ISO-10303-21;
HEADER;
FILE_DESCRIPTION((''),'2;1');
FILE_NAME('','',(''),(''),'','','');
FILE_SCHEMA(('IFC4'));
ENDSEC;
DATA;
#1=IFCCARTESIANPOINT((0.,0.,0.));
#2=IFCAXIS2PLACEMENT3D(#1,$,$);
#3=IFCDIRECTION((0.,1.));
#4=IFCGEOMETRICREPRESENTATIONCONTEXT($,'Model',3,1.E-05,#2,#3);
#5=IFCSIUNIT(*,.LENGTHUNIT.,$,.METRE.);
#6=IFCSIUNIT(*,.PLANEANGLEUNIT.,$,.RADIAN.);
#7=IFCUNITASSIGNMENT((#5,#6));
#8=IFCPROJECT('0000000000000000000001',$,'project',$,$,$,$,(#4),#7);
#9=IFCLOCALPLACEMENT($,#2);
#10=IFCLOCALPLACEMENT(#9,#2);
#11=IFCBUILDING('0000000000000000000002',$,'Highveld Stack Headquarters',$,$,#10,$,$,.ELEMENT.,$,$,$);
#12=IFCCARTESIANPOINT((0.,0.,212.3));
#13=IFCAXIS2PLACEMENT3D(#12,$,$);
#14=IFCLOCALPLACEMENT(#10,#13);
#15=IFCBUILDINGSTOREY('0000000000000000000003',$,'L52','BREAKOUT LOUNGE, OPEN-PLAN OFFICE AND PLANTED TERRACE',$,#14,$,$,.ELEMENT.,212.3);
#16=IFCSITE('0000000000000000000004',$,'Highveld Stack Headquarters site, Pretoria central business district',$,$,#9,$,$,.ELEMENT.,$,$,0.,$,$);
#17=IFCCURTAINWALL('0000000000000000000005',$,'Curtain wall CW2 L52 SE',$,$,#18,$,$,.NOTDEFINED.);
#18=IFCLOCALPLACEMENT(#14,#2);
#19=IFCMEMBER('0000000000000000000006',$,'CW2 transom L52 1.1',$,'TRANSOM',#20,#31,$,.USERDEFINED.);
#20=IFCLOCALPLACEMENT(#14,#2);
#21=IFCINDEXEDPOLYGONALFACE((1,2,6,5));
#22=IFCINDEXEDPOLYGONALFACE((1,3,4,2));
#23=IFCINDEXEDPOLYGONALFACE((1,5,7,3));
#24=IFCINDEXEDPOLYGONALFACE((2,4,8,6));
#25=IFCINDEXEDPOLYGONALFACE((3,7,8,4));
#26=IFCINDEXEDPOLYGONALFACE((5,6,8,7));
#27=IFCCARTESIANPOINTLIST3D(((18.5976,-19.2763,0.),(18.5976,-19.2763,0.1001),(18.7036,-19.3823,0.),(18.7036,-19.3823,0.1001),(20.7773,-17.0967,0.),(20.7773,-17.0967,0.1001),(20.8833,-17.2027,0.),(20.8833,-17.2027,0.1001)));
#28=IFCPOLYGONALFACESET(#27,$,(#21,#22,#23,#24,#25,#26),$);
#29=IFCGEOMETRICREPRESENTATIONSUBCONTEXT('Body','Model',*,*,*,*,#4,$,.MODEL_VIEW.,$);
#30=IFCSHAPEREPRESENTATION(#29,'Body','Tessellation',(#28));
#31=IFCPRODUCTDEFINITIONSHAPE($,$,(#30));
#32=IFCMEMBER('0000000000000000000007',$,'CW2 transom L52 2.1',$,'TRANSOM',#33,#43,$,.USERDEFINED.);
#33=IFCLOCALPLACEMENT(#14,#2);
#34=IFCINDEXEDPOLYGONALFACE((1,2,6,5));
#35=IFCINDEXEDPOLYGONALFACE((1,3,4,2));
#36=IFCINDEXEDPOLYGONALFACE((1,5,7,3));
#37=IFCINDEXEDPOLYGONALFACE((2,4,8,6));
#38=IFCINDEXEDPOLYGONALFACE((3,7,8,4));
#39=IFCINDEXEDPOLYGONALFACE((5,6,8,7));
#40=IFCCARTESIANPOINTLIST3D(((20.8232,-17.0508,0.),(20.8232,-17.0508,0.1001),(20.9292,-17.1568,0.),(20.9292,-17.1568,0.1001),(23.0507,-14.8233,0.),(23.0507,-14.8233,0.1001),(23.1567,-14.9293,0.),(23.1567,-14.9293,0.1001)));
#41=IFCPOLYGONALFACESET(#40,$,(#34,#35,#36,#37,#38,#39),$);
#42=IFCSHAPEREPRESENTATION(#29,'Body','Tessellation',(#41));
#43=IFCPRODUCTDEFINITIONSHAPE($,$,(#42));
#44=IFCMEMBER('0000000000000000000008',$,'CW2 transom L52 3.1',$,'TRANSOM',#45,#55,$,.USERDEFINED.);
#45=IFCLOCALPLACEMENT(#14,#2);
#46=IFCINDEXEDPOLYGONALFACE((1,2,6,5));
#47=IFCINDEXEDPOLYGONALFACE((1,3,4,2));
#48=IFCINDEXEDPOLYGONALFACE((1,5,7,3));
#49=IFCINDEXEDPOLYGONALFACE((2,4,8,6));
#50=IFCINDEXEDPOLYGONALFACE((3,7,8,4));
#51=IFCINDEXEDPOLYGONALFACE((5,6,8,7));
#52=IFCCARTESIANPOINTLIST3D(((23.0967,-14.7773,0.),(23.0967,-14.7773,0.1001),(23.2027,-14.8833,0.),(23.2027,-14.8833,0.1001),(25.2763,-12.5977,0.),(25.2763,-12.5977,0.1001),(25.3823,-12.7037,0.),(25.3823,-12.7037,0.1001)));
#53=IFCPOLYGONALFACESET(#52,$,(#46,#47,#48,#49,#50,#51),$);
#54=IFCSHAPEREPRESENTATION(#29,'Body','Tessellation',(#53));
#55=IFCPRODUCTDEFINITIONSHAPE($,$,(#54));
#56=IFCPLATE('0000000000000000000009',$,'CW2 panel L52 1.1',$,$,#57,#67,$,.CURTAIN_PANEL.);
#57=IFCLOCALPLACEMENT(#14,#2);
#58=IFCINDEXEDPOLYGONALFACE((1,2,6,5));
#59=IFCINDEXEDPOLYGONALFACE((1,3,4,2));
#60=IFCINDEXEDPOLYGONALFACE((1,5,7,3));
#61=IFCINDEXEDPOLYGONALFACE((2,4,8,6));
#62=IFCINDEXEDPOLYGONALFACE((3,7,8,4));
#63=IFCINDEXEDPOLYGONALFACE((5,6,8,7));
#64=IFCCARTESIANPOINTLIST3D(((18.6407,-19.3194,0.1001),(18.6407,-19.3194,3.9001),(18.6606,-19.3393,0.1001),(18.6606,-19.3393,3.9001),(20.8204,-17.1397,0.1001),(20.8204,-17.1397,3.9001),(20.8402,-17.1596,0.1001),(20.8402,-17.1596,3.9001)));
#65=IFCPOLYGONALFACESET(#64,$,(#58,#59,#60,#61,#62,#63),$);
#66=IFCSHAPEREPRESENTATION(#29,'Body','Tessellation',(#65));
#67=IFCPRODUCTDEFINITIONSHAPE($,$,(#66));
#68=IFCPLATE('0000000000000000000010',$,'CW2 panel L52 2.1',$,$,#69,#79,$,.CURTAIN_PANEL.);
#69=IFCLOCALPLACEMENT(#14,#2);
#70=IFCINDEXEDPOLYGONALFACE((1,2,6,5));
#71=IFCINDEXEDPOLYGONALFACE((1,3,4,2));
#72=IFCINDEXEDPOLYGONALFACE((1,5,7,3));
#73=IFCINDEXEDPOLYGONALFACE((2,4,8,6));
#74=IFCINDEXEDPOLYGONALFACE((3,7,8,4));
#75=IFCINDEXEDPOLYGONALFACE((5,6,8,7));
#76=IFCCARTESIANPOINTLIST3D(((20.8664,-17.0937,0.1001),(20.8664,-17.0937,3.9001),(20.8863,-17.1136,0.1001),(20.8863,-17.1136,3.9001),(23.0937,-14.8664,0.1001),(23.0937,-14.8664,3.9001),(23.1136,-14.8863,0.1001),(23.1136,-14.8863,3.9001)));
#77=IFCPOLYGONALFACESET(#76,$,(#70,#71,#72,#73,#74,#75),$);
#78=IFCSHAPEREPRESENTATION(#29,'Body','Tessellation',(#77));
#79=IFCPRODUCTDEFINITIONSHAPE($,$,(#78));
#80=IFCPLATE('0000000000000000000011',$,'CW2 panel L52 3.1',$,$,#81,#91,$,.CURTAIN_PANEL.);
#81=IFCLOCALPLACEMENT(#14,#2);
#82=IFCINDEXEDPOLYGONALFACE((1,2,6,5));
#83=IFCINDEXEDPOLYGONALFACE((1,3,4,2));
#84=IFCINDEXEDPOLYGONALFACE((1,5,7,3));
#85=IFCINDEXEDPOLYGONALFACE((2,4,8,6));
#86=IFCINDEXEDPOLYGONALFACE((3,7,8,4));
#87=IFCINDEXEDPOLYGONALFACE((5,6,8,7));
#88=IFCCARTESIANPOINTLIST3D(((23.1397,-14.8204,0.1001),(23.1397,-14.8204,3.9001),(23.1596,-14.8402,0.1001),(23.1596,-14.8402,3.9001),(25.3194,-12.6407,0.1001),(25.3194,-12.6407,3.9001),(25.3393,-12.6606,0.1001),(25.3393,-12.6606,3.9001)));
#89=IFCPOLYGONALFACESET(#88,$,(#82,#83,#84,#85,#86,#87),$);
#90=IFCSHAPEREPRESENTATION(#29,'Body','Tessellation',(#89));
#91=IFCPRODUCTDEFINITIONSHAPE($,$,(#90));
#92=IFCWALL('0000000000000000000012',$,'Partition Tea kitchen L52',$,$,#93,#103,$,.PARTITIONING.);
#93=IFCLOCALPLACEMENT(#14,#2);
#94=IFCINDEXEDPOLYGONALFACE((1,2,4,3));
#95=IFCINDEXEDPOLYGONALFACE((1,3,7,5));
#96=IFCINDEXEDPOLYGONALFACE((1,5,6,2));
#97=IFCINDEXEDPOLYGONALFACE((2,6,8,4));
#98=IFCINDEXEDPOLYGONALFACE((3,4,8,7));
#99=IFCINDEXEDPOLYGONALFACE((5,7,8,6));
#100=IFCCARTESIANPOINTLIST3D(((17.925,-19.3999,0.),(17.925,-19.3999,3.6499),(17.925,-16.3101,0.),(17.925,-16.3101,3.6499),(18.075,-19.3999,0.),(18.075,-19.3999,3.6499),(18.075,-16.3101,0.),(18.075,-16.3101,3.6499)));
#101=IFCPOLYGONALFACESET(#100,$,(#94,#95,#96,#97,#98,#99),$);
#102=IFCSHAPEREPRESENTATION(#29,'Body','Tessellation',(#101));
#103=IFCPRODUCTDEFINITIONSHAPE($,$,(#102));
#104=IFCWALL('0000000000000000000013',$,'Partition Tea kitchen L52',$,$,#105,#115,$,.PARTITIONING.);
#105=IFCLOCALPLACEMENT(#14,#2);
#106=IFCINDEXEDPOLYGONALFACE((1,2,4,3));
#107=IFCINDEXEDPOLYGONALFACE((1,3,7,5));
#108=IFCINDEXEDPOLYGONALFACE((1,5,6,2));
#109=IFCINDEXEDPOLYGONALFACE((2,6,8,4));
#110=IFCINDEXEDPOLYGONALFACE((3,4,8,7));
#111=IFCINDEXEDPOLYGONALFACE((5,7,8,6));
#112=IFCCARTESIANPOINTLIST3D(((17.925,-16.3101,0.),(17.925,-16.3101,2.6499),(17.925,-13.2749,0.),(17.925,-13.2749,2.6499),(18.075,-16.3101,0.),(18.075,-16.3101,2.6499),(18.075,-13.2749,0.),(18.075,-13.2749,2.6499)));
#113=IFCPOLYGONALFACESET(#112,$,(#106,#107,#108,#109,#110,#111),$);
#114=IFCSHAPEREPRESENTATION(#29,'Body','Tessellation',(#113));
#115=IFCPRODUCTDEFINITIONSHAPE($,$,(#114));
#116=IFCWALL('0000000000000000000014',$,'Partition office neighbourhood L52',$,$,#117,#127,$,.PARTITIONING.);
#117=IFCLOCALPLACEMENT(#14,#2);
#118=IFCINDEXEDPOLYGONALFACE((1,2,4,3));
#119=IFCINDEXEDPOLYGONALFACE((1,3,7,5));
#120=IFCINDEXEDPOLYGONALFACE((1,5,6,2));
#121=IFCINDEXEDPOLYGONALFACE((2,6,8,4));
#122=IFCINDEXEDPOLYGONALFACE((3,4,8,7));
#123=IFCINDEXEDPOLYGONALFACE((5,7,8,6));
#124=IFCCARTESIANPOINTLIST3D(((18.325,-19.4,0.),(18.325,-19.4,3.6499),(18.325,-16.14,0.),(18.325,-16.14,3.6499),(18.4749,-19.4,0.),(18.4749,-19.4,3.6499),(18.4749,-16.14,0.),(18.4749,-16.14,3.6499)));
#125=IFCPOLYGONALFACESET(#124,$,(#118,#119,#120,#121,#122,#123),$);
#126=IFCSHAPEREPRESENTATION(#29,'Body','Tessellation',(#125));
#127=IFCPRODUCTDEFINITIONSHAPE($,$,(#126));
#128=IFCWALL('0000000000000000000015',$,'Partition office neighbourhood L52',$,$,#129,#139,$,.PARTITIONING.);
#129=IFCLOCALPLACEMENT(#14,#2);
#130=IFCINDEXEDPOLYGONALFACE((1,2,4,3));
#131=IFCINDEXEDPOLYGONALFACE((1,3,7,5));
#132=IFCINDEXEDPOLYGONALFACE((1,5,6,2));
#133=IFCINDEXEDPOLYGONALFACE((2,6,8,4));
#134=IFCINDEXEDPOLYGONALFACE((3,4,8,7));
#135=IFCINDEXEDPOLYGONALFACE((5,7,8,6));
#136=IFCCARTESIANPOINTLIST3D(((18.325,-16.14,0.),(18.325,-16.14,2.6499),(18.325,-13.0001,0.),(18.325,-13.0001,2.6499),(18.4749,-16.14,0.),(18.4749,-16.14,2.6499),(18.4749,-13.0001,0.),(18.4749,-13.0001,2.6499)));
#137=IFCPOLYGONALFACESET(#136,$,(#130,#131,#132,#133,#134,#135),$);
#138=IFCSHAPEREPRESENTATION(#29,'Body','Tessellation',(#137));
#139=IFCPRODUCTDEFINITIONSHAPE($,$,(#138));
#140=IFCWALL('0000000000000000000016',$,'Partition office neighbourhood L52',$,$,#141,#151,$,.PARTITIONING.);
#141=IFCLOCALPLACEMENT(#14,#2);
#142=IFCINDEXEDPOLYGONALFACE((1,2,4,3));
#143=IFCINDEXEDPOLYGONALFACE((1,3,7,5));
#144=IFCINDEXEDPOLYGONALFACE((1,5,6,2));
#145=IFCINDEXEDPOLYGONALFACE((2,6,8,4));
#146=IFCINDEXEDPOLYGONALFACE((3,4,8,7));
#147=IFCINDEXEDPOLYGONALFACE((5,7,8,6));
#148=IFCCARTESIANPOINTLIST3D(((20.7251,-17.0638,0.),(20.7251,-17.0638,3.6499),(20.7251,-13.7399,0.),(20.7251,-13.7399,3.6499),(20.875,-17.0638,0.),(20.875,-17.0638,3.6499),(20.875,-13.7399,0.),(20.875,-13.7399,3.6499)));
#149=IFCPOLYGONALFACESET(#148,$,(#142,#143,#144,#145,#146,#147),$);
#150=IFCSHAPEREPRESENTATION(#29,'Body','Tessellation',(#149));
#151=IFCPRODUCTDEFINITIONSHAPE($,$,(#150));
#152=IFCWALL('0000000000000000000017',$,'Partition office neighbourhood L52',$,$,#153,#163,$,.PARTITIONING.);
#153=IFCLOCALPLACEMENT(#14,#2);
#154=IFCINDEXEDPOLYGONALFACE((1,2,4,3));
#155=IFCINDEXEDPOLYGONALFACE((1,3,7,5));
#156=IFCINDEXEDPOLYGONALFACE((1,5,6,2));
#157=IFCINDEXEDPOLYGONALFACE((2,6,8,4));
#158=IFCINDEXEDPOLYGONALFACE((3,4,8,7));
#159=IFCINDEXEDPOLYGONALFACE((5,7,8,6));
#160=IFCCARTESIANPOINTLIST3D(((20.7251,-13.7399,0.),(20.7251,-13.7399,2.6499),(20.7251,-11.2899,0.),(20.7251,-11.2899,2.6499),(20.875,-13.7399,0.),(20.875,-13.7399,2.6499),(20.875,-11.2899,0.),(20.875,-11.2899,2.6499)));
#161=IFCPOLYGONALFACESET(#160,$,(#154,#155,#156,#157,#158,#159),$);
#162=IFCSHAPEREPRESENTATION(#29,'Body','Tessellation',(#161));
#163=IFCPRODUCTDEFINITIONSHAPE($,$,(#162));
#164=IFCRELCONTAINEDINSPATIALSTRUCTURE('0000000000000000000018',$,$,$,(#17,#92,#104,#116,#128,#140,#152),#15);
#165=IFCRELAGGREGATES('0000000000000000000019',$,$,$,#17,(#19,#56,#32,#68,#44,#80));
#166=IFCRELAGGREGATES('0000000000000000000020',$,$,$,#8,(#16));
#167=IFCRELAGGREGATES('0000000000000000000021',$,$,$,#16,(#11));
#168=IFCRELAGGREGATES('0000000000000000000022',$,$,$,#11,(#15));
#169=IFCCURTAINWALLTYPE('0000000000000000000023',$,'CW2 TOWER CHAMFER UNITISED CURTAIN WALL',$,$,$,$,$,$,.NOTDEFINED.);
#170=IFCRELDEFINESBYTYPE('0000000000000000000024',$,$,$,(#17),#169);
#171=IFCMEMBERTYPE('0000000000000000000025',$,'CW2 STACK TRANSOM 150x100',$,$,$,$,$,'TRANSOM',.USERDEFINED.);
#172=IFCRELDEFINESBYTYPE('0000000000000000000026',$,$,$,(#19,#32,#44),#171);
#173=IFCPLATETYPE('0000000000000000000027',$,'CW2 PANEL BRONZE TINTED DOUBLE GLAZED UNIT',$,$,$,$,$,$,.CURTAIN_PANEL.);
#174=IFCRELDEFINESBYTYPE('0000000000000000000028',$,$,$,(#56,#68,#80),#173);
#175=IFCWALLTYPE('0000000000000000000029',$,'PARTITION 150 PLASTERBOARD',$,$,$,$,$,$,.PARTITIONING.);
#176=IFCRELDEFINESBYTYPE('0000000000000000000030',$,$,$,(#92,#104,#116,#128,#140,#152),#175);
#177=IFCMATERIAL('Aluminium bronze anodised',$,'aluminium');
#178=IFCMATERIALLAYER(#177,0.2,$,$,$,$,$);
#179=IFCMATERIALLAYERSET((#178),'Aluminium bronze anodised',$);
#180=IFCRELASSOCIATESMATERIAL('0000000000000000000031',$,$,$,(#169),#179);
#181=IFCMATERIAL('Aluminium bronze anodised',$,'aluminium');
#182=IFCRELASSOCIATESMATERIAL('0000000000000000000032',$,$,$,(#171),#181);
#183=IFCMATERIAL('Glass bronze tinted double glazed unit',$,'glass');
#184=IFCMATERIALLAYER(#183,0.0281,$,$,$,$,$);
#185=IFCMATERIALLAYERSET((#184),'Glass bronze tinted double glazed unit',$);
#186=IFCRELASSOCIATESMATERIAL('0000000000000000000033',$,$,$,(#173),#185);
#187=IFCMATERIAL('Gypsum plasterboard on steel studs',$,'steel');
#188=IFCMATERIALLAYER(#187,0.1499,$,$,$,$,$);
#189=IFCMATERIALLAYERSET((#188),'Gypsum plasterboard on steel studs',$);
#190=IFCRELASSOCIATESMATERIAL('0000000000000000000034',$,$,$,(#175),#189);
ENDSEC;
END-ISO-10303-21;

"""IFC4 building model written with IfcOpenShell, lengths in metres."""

from ifc_helpers import new_model, si_unit, direction, frame, frame_2d, origin, origin_2d, place, context, subcontext, project, spatial, rectangle, extrude, material, layer, layer_set, material_profile, profile_set, type_object, element, aggregate, save


model = new_model("IFC4")

# Units and contexts
model_context = context("Model", 3, precision=1e-05, world=origin(), true_north=direction((0.0, 1.0)))
body_context = subcontext(model_context, "Body", "Model", "MODEL_VIEW")
ifc_project = project(units=[si_unit("LENGTHUNIT", "METRE"), si_unit("PLANEANGLEUNIT", "RADIAN")], contexts=[model_context])

# Site, building, storey
site_placement = place(None, origin())
site = spatial("IfcSite", under=ifc_project, at=site_placement, Name="Highveld Stack Headquarters site, Pretoria central business district", CompositionType="ELEMENT", RefElevation=0.0)
building_placement = place(site_placement, origin())
building = spatial("IfcBuilding", under=site, at=building_placement, Name="Highveld Stack Headquarters", CompositionType="ELEMENT")
storey_placement = place(building_placement, frame((0.0, 0.0, 212.3)))
storey = spatial("IfcBuildingStorey", under=building, at=storey_placement, Name="L52", Description="BREAKOUT LOUNGE, OPEN-PLAN OFFICE AND PLANTED TERRACE", CompositionType="ELEMENT", Elevation=212.3)

# Curtain wall, members, plates
ifc_material_1 = material(Name="Aluminium bronze anodised", Category="aluminium")
ifc_layer_1 = layer(ifc_material_1, 0.2)
ifc_layer_set_1 = layer_set([ifc_layer_1], Name="Aluminium bronze anodised")
curtain_wall_type_1 = type_object("IfcCurtainWallType", Name="CW2 TOWER CHAMFER UNITISED CURTAIN WALL", PredefinedType="NOTDEFINED", material=ifc_layer_set_1)
curtain_wall_1_placement = place(storey_placement, origin())
curtain_wall_1 = element("IfcCurtainWall", 1, at=curtain_wall_1_placement, inside=storey, type_object=curtain_wall_type_1, Name="Curtain wall CW2 L52 SE", PredefinedType="NOTDEFINED")
ifc_material_2 = material(Name="Aluminium bronze anodised", Category="aluminium")
ifc_material_profile_1 = material_profile(ifc_material_2, rectangle(XDim=0.1499, YDim=0.1001, at=origin_2d()), Name="CW2 TRANSOM 150x100")
ifc_profile_set_1 = profile_set([ifc_material_profile_1], Name="Aluminium bronze anodised")
member_type_1 = type_object("IfcMemberType", Name="CW2 STACK TRANSOM 150x100", ElementType="TRANSOM", PredefinedType="USERDEFINED", material=ifc_profile_set_1)
member_1_placement = place(storey_placement, frame((18.6506, -19.3293, 0.05), z_axis=(0.707107, 0.707107, 0.0), x_axis=(-0.707107, 0.707107, 0.0)))
member_1 = element("IfcMember", 2, at=member_1_placement, type_object=member_type_1, Name="CW2 transom L52 1.1", ObjectType="TRANSOM", PredefinedType="USERDEFINED", context=body_context, shape_type="SweptSolid", body=[
    extrude(rectangle(XDim=0.1499, YDim=0.1001, at=origin_2d()), origin(), (0.0, 0.0, 1.0), 3.0825),
])
member_2_placement = place(storey_placement, frame((20.8762, -17.1038, 0.05), z_axis=(0.707107, 0.707107, 0.0), x_axis=(-0.707107, 0.707107, 0.0)))
member_2 = element("IfcMember", 3, at=member_2_placement, type_object=member_type_1, Name="CW2 transom L52 2.1", ObjectType="TRANSOM", PredefinedType="USERDEFINED", context=body_context, shape_type="SweptSolid", body=[
    extrude(rectangle(XDim=0.1499, YDim=0.1001, at=origin_2d()), origin(), (0.0, 0.0, 1.0), 3.1501),
])
member_3_placement = place(storey_placement, frame((23.1497, -14.8303, 0.05), z_axis=(0.707107, 0.707107, 0.0), x_axis=(-0.707107, 0.707107, 0.0)))
member_3 = element("IfcMember", 4, at=member_3_placement, type_object=member_type_1, Name="CW2 transom L52 3.1", ObjectType="TRANSOM", PredefinedType="USERDEFINED", context=body_context, shape_type="SweptSolid", body=[
    extrude(rectangle(XDim=0.1499, YDim=0.1001, at=origin_2d()), origin(), (0.0, 0.0, 1.0), 3.0825),
])
ifc_material_3 = material(Name="Glass bronze tinted double glazed unit", Category="glass")
ifc_layer_2 = layer(ifc_material_3, 0.0281)
ifc_layer_set_2 = layer_set([ifc_layer_2], Name="Glass bronze tinted double glazed unit")
plate_type = type_object("IfcPlateType", Name="CW2 PANEL BRONZE TINTED DOUBLE GLAZED UNIT", PredefinedType="CURTAIN_PANEL", material=ifc_layer_set_2)
plate_1_placement = place(storey_placement, frame((19.7405, -18.2395, 0.1001), z_axis=(0.0, 0.0, 1.0), x_axis=(0.707107, 0.707107, 0.0)))
plate_1 = element("IfcPlate", 5, at=plate_1_placement, type_object=plate_type, Name="CW2 panel L52 1.1", PredefinedType="CURTAIN_PANEL", context=body_context, shape_type="SweptSolid", body=[
    extrude(rectangle(XDim=3.0825, YDim=0.0281, at=origin_2d()), origin(), (0.0, 0.0, 1.0), 3.8),
])
plate_2_placement = place(storey_placement, frame((21.99, -15.99, 0.1001), z_axis=(0.0, 0.0, 1.0), x_axis=(0.707107, 0.707107, 0.0)))
plate_2 = element("IfcPlate", 6, at=plate_2_placement, type_object=plate_type, Name="CW2 panel L52 2.1", PredefinedType="CURTAIN_PANEL", context=body_context, shape_type="SweptSolid", body=[
    extrude(rectangle(XDim=3.1499, YDim=0.0281, at=origin_2d()), origin(), (0.0, 0.0, 1.0), 3.8),
])
plate_3_placement = place(storey_placement, frame((24.2395, -13.7405, 0.1001), z_axis=(0.0, 0.0, 1.0), x_axis=(0.707107, 0.707107, 0.0)))
plate_3 = element("IfcPlate", 7, at=plate_3_placement, type_object=plate_type, Name="CW2 panel L52 3.1", PredefinedType="CURTAIN_PANEL", context=body_context, shape_type="SweptSolid", body=[
    extrude(rectangle(XDim=3.0825, YDim=0.0281, at=origin_2d()), origin(), (0.0, 0.0, 1.0), 3.8),
])
aggregate(curtain_wall_1, [member_1, plate_1, member_2, plate_2, member_3, plate_3])

# Walls
ifc_material_4 = material(Name="Gypsum plasterboard on steel studs", Category="steel")
ifc_layer_3 = layer(ifc_material_4, 0.1499)
ifc_layer_set_3 = layer_set([ifc_layer_3], Name="Gypsum plasterboard on steel studs")
wall_type = type_object("IfcWallType", Name="PARTITION 150 PLASTERBOARD", PredefinedType="PARTITIONING", material=ifc_layer_set_3)
wall_1_placement = place(storey_placement, frame((18.0, -19.3999, 0.0), z_axis=(0.0, 0.0, 1.0), x_axis=(0.0, 1.0, 0.0)))
element("IfcWall", 8, at=wall_1_placement, inside=storey, type_object=wall_type, Name="Partition Tea kitchen L52", PredefinedType="PARTITIONING", context=body_context, shape_type="SweptSolid", body=[
    extrude(rectangle(XDim=3.0898, YDim=0.1499, at=frame_2d((1.5449, 0.0))), origin(), (0.0, 0.0, 1.0), 3.6499),
])
wall_2_placement = place(storey_placement, frame((18.0, -16.3101, 0.0), z_axis=(0.0, 0.0, 1.0), x_axis=(0.0, 1.0, 0.0)))
element("IfcWall", 9, at=wall_2_placement, inside=storey, type_object=wall_type, Name="Partition Tea kitchen L52", PredefinedType="PARTITIONING", context=body_context, shape_type="SweptSolid", body=[
    extrude(rectangle(XDim=3.0352, YDim=0.1499, at=frame_2d((1.5176, 0.0))), origin(), (0.0, 0.0, 1.0), 2.6499),
])
wall_3_placement = place(storey_placement, frame((18.3999, -19.3999, 0.0), z_axis=(0.0, 0.0, 1.0), x_axis=(0.0, 1.0, 0.0)))
element("IfcWall", 10, at=wall_3_placement, inside=storey, type_object=wall_type, Name="Partition office neighbourhood L52", PredefinedType="PARTITIONING", context=body_context, shape_type="SweptSolid", body=[
    extrude(rectangle(XDim=3.26, YDim=0.1499, at=frame_2d((1.6299, 0.0))), origin(), (0.0, 0.0, 1.0), 3.6499),
])
wall_4_placement = place(storey_placement, frame((18.3999, -16.1399, 0.0), z_axis=(0.0, 0.0, 1.0), x_axis=(0.0, 1.0, 0.0)))
element("IfcWall", 11, at=wall_4_placement, inside=storey, type_object=wall_type, Name="Partition office neighbourhood L52", PredefinedType="PARTITIONING", context=body_context, shape_type="SweptSolid", body=[
    extrude(rectangle(XDim=3.1399, YDim=0.1499, at=frame_2d((1.5698, 0.0))), origin(), (0.0, 0.0, 1.0), 2.6499),
])
wall_5_placement = place(storey_placement, frame((20.8, -17.064, 0.0), z_axis=(0.0, 0.0, 1.0), x_axis=(0.0, 1.0, 0.0)))
element("IfcWall", 12, at=wall_5_placement, inside=storey, type_object=wall_type, Name="Partition office neighbourhood L52", PredefinedType="PARTITIONING", context=body_context, shape_type="SweptSolid", body=[
    extrude(rectangle(XDim=3.324, YDim=0.1499, at=frame_2d((1.6621, 0.0))), origin(), (0.0, 0.0, 1.0), 3.6499),
])
wall_6_placement = place(storey_placement, frame((20.8, -13.74, 0.0), z_axis=(0.0, 0.0, 1.0), x_axis=(0.0, 1.0, 0.0)))
element("IfcWall", 13, at=wall_6_placement, inside=storey, type_object=wall_type, Name="Partition office neighbourhood L52", PredefinedType="PARTITIONING", context=body_context, shape_type="SweptSolid", body=[
    extrude(rectangle(XDim=2.45, YDim=0.1499, at=frame_2d((1.2251, 0.0))), origin(), (0.0, 0.0, 1.0), 2.6499),
])

save(model, "model.ifc")
